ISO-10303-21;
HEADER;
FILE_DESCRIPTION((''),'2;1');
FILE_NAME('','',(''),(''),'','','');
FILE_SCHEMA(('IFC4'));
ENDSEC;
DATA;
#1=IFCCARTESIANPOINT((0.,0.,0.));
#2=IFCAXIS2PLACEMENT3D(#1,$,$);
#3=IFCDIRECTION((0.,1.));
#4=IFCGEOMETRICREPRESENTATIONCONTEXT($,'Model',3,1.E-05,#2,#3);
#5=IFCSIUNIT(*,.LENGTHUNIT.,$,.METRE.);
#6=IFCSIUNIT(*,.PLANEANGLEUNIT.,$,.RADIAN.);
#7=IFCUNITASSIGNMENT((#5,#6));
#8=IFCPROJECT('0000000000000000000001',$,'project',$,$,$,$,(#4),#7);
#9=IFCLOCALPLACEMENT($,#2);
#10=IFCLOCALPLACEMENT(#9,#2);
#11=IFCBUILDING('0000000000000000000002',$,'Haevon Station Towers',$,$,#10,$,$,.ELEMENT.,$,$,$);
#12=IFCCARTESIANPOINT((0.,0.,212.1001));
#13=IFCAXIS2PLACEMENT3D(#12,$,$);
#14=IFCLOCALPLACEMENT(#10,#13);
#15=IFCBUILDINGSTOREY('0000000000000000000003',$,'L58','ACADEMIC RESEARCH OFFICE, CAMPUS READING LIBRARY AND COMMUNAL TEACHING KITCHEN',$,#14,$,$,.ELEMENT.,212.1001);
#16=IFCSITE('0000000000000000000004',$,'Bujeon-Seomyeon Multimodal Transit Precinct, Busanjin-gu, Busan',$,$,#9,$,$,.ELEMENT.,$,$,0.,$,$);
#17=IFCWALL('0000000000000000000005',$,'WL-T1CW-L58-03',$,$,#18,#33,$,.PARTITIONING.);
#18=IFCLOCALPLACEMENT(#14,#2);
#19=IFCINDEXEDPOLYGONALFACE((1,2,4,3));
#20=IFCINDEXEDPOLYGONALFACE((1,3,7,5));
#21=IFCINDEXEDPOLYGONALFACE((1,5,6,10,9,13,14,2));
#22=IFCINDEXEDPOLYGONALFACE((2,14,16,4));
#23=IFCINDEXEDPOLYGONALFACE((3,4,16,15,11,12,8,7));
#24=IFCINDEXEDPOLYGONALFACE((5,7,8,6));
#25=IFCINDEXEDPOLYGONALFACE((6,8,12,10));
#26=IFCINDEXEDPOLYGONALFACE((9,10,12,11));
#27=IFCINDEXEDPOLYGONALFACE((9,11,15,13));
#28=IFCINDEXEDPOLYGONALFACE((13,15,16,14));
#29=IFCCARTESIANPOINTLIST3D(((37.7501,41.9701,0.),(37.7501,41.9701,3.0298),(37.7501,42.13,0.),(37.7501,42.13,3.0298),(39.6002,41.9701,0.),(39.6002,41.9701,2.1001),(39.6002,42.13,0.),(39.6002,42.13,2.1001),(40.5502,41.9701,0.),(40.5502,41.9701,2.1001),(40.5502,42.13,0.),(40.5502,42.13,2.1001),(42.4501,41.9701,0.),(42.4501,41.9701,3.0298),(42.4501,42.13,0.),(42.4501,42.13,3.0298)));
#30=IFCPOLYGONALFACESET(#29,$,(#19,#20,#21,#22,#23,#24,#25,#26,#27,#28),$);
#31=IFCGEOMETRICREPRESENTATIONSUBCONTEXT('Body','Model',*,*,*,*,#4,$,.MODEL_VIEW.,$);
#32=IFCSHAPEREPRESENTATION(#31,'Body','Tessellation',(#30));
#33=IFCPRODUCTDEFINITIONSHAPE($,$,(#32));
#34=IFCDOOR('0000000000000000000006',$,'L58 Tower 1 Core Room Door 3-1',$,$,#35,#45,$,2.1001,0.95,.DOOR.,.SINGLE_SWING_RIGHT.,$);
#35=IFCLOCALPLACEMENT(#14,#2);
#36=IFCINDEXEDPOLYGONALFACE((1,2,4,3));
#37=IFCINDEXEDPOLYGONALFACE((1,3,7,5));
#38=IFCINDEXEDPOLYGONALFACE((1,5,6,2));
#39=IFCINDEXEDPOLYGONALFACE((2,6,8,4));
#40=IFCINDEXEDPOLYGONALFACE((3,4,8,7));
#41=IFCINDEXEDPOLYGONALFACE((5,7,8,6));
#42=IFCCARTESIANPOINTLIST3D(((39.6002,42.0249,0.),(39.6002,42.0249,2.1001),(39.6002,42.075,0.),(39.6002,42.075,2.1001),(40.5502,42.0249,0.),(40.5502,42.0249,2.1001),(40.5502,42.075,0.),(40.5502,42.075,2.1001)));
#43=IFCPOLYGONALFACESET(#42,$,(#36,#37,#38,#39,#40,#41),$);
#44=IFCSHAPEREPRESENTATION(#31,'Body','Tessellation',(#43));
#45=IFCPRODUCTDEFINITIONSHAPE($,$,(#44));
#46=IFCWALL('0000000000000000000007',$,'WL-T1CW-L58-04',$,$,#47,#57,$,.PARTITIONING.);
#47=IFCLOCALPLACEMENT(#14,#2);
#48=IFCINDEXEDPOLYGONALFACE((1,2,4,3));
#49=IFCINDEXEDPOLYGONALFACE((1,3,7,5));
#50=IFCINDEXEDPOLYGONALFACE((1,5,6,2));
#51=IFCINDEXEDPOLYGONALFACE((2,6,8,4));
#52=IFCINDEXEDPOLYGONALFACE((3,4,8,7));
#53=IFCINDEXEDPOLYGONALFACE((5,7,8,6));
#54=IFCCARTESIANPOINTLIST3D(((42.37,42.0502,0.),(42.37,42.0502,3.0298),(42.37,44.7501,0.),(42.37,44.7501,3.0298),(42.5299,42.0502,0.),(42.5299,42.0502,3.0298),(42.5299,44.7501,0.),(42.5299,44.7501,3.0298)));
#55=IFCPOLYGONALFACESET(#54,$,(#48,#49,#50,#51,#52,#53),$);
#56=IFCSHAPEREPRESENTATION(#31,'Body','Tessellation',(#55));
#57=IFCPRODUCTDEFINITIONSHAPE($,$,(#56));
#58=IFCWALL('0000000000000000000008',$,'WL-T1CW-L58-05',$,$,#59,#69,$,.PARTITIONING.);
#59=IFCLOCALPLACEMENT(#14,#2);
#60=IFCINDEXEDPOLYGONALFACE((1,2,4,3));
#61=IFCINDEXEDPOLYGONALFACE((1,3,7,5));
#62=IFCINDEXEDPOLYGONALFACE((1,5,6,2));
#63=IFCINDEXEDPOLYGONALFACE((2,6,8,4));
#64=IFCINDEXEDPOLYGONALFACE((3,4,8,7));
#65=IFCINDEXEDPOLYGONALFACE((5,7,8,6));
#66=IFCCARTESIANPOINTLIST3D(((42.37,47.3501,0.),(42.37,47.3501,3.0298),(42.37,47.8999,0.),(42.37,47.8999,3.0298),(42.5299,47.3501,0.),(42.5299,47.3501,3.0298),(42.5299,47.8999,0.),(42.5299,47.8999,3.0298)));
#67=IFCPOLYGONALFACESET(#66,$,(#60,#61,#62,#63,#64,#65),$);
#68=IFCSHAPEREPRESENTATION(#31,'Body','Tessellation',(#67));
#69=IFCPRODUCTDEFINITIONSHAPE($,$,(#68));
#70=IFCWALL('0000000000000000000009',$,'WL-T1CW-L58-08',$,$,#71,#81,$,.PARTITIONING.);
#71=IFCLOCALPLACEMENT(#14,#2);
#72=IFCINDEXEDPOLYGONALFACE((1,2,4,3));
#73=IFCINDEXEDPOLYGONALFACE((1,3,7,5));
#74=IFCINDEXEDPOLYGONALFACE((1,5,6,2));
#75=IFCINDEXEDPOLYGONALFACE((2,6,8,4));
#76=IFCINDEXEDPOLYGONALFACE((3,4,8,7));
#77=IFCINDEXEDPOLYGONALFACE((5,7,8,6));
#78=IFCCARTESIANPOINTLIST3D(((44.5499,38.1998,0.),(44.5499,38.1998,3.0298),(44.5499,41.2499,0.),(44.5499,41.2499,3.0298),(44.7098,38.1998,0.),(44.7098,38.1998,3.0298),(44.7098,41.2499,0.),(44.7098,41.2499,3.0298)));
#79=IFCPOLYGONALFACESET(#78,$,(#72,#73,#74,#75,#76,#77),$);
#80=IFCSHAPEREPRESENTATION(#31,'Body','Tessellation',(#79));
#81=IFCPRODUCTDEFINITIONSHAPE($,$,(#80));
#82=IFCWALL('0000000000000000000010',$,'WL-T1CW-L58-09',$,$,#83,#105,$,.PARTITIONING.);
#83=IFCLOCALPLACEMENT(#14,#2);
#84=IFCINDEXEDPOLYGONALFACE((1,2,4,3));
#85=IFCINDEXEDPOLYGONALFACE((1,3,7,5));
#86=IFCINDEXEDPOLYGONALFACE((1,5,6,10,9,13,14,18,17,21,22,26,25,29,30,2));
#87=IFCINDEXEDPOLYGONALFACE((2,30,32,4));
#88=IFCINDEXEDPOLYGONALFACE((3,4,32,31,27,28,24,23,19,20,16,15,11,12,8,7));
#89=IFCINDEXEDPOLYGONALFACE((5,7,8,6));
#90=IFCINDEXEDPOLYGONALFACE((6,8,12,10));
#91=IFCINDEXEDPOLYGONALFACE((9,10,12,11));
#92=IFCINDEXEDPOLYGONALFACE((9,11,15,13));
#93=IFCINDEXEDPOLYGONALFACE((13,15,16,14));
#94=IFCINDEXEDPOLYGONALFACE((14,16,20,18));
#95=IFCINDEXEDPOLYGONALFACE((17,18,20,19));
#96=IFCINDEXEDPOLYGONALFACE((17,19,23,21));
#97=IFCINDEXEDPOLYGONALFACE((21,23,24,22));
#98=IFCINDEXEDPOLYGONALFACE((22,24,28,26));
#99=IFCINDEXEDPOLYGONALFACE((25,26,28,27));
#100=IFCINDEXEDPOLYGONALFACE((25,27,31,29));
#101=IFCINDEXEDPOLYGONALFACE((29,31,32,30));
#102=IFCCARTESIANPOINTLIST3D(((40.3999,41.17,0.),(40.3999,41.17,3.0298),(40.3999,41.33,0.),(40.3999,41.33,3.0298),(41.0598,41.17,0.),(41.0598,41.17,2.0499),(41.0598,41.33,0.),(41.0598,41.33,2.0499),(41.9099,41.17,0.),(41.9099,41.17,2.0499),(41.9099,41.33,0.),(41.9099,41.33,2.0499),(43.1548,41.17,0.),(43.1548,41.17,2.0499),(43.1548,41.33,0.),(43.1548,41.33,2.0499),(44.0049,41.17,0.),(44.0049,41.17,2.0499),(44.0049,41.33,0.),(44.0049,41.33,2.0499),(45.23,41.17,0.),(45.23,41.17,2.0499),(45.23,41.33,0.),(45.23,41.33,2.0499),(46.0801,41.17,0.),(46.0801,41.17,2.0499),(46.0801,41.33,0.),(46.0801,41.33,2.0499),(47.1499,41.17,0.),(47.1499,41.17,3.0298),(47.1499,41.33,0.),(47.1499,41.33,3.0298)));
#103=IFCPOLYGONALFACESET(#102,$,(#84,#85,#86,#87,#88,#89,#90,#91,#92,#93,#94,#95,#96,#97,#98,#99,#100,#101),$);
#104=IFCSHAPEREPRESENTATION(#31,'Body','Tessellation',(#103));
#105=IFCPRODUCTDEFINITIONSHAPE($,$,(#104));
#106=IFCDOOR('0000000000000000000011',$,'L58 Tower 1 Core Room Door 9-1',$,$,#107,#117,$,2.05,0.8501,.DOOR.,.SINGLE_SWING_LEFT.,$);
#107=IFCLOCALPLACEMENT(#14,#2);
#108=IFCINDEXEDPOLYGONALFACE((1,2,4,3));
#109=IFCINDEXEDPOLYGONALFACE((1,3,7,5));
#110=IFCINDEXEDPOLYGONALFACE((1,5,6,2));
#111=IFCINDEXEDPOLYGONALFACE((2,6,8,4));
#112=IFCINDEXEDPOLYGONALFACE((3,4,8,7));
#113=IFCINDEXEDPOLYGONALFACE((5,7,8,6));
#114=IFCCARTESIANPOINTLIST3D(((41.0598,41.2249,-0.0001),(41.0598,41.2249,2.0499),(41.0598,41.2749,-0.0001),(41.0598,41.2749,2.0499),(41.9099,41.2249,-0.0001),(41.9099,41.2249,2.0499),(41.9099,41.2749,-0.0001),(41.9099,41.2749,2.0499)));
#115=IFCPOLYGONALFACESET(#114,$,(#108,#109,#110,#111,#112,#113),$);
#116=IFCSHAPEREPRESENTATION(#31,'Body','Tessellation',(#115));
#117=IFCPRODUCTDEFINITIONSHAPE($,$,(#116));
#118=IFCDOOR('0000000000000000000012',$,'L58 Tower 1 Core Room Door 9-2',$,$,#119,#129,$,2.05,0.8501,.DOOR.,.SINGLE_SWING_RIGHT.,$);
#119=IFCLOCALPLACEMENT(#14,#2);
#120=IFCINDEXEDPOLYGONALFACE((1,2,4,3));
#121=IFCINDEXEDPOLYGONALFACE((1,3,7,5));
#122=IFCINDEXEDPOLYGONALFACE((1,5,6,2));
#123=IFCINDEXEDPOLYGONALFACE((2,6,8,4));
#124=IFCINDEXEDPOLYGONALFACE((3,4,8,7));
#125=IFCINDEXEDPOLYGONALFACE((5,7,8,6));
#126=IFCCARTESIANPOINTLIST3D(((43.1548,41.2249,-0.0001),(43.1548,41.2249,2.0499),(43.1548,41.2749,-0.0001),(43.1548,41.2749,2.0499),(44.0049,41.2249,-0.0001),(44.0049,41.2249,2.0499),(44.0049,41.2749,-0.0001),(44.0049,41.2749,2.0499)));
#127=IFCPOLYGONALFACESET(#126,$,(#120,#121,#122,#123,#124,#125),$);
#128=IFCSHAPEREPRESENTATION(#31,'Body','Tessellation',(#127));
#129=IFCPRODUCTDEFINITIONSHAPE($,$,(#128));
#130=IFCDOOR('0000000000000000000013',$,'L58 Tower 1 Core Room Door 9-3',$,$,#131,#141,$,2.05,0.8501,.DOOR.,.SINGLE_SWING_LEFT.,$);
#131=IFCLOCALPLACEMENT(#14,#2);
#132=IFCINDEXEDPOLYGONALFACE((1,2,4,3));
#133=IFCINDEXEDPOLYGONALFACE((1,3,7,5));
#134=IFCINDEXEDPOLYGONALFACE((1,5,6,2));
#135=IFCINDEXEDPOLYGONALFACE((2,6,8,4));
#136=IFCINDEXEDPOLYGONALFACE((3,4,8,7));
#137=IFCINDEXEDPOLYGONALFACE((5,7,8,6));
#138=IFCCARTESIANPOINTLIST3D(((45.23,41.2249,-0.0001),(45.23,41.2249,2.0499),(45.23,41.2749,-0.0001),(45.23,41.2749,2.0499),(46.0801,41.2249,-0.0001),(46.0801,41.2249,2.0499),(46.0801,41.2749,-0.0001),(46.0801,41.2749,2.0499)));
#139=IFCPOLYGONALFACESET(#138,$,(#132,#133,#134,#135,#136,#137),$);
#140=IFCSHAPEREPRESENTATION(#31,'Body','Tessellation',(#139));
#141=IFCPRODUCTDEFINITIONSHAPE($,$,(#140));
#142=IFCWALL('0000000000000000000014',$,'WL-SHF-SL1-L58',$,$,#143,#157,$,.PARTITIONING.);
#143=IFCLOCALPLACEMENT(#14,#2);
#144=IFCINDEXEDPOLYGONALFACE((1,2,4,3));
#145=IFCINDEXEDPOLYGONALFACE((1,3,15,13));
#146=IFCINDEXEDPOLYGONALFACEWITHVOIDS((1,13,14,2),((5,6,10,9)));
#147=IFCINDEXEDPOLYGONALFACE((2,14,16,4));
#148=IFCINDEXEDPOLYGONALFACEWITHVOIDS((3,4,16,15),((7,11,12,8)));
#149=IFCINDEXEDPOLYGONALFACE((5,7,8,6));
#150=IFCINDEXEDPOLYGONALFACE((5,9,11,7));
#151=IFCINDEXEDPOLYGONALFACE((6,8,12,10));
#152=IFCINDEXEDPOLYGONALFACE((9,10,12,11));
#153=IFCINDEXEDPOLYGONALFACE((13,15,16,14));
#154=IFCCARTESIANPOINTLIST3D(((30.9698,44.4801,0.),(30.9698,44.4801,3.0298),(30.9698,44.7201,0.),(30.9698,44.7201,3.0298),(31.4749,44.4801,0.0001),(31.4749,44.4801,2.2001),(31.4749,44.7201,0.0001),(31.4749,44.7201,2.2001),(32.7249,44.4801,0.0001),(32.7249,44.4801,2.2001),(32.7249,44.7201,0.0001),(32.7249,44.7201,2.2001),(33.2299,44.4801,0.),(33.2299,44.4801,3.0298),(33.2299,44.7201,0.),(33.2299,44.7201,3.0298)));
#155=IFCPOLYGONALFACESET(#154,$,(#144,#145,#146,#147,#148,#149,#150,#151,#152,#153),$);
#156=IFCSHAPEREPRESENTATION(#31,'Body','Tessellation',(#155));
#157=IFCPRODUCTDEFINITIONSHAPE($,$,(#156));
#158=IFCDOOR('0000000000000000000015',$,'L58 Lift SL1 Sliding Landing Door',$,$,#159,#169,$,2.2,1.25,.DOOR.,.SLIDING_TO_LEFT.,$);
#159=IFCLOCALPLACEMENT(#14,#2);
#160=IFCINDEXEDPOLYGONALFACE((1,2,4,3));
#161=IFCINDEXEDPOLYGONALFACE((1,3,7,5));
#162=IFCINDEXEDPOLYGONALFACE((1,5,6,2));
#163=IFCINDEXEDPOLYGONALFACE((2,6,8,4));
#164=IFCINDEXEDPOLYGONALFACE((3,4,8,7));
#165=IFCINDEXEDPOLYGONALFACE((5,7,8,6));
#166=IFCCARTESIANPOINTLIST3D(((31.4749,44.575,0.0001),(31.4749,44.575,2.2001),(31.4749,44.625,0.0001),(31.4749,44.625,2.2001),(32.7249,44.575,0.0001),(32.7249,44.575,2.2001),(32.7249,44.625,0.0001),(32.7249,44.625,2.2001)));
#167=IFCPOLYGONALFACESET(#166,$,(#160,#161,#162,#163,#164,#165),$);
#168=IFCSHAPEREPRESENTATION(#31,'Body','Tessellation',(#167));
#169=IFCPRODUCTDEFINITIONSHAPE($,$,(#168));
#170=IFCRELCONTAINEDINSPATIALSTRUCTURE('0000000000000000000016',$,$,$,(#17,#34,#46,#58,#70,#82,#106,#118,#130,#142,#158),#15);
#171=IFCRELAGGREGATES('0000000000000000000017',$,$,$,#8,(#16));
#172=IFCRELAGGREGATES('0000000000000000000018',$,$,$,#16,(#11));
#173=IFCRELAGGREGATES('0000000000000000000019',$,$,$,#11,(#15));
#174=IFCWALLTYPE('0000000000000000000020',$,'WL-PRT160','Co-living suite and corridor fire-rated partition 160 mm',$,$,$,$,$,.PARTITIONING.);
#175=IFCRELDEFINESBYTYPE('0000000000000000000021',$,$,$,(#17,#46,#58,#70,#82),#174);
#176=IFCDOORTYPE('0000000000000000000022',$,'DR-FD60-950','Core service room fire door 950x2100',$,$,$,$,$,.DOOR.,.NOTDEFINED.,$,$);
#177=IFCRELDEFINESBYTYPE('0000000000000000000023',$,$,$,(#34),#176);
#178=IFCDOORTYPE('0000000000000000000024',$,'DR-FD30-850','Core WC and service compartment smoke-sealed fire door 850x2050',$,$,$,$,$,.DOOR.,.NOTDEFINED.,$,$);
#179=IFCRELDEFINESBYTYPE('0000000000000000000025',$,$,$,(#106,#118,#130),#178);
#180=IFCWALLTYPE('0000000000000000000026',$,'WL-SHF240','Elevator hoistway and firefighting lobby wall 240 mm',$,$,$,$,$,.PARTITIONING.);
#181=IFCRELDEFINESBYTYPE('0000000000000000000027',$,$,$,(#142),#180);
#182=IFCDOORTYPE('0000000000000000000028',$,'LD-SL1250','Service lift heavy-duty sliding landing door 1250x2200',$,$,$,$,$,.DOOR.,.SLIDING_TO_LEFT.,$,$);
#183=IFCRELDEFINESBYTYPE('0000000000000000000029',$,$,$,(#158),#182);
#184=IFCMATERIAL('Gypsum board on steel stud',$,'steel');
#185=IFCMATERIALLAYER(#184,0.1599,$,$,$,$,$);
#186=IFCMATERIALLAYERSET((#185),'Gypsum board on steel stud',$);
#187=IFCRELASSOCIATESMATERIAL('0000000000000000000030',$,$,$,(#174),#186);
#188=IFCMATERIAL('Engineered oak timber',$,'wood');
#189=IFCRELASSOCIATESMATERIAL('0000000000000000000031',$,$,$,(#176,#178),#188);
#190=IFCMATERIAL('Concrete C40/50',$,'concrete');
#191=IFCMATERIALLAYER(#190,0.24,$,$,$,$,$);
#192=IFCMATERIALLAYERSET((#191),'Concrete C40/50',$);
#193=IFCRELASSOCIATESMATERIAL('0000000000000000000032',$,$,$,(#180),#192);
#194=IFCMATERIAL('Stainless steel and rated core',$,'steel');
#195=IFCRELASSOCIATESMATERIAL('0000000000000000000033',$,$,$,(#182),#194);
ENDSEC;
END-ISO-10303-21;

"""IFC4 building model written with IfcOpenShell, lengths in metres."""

from ifc_helpers import new_model, si_unit, direction, frame, frame_2d, origin, place, context, subcontext, project, spatial, rectangle, extrude, material, layer, layer_set, type_object, element, fill, save


model = new_model("IFC4")

# Units and contexts
model_context = context("Model", 3, precision=1e-05, world=origin(), true_north=direction((0.0, 1.0)))
body_context = subcontext(model_context, "Body", "Model", "MODEL_VIEW")
ifc_project = project(units=[si_unit("LENGTHUNIT", "METRE"), si_unit("PLANEANGLEUNIT", "RADIAN")], contexts=[model_context])

# Site, building, storey
site_placement = place(None, origin())
site = spatial("IfcSite", under=ifc_project, at=site_placement, Name="Bujeon-Seomyeon Multimodal Transit Precinct, Busanjin-gu, Busan", CompositionType="ELEMENT", RefElevation=0.0)
building_placement = place(site_placement, origin())
building = spatial("IfcBuilding", under=site, at=building_placement, Name="Haevon Station Towers", CompositionType="ELEMENT")
storey_placement = place(building_placement, frame((0.0, 0.0, 212.1001)))
storey = spatial("IfcBuildingStorey", under=building, at=storey_placement, Name="L58", Description="ACADEMIC RESEARCH OFFICE, CAMPUS READING LIBRARY AND COMMUNAL TEACHING KITCHEN", CompositionType="ELEMENT", Elevation=212.1001)

# Shared definitions
ifc_material_1 = material(Name="Gypsum board on steel stud", Category="steel")
ifc_layer_1 = layer(ifc_material_1, 0.1599)
ifc_layer_set_1 = layer_set([ifc_layer_1], Name="Gypsum board on steel stud")
wall_type_1 = type_object("IfcWallType", Name="WL-PRT160", Description="Co-living suite and corridor fire-rated partition 160 mm", PredefinedType="PARTITIONING", material=ifc_layer_set_1)
ifc_material_2 = material(Name="Engineered oak timber", Category="wood")
door_type_1 = type_object("IfcDoorType", Name="DR-FD60-950", Description="Core service room fire door 950x2100", OperationType="NOTDEFINED", PredefinedType="DOOR", material=ifc_material_2)

# Wall, opening, door
wall_1_placement = place(storey_placement, frame((37.75, 42.05, 0.0), z_axis=(0.0, 0.0, 1.0), x_axis=(1.0, 0.0, 0.0)))
wall_1 = element("IfcWall", 1, at=wall_1_placement, inside=storey, type_object=wall_type_1, Name="WL-T1CW-L58-03", PredefinedType="PARTITIONING", context=body_context, shape_type="SweptSolid", body=[
    extrude(rectangle(XDim=4.7, YDim=0.1599, at=frame_2d((2.3501, 0.0))), origin(), (0.0, 0.0, 1.0), 3.0298),
])
opening_1_placement = place(wall_1_placement, frame((1.8501, 0.0, 0.0)))
opening_1 = element("IfcOpeningElement", 2, at=opening_1_placement, cuts=wall_1, PredefinedType="OPENING", context=body_context, shape_type="SweptSolid", body=[
    extrude(rectangle(XDim=0.95, YDim=2.1001, at=frame_2d((0.4751, 1.05))), frame((0.0, 0.0898, 0.0), z_axis=(0.0, -1.0, 0.0), x_axis=(1.0, 0.0, 0.0)), (0.0, 0.0, 1.0), 0.1799),
])
door_1_placement = place(opening_1_placement, origin())
door_1 = element("IfcDoor", 3, at=door_1_placement, inside=storey, type_object=door_type_1, Name="L58 Tower 1 Core Room Door 3-1", OperationType="SINGLE_SWING_RIGHT", OverallHeight=2.1001, OverallWidth=0.95, PredefinedType="DOOR", context=body_context, shape_type="SweptSolid", body=[
    extrude(rectangle(XDim=0.95, YDim=2.1001, at=frame_2d((0.4751, 1.05))), frame((0.0, 0.0249, 0.0), z_axis=(0.0, -1.0, 0.0), x_axis=(1.0, 0.0, 0.0)), (0.0, 0.0, 1.0), 0.05),
])
fill(opening_1, door_1)

# Walls
wall_2_placement = place(storey_placement, frame((42.45, 42.05, 0.0), z_axis=(0.0, 0.0, 1.0), x_axis=(0.0, 1.0, 0.0)))
element("IfcWall", 4, at=wall_2_placement, inside=storey, type_object=wall_type_1, Name="WL-T1CW-L58-04", PredefinedType="PARTITIONING", context=body_context, shape_type="SweptSolid", body=[
    extrude(rectangle(XDim=2.7, YDim=0.1599, at=frame_2d((1.3501, 0.0))), origin(), (0.0, 0.0, 1.0), 3.0298),
])
wall_3_placement = place(storey_placement, frame((42.45, 47.3501, 0.0), z_axis=(0.0, 0.0, 1.0), x_axis=(0.0, 1.0, 0.0)))
element("IfcWall", 5, at=wall_3_placement, inside=storey, type_object=wall_type_1, Name="WL-T1CW-L58-05", PredefinedType="PARTITIONING", context=body_context, shape_type="SweptSolid", body=[
    extrude(rectangle(XDim=0.5498, YDim=0.1599, at=frame_2d((0.2749, 0.0))), origin(), (0.0, 0.0, 1.0), 3.0298),
])
wall_4_placement = place(storey_placement, frame((44.6299, 38.2, 0.0), z_axis=(0.0, 0.0, 1.0), x_axis=(0.0, 1.0, 0.0)))
element("IfcWall", 6, at=wall_4_placement, inside=storey, type_object=wall_type_1, Name="WL-T1CW-L58-08", PredefinedType="PARTITIONING", context=body_context, shape_type="SweptSolid", body=[
    extrude(rectangle(XDim=3.05, YDim=0.1599, at=frame_2d((1.5249, 0.0))), origin(), (0.0, 0.0, 1.0), 3.0298),
])

# Wall, openings, doors
wall_5_placement = place(storey_placement, frame((40.3999, 41.25, 0.0), z_axis=(0.0, 0.0, 1.0), x_axis=(1.0, 0.0, 0.0)))
wall_5 = element("IfcWall", 7, at=wall_5_placement, inside=storey, type_object=wall_type_1, Name="WL-T1CW-L58-09", PredefinedType="PARTITIONING", context=body_context, shape_type="SweptSolid", body=[
    extrude(rectangle(XDim=6.75, YDim=0.1599, at=frame_2d((3.375, 0.0))), origin(), (0.0, 0.0, 1.0), 3.0298),
])
opening_2_placement = place(wall_5_placement, frame((0.6599, 0.0, 0.0)))
opening_2 = element("IfcOpeningElement", 8, at=opening_2_placement, cuts=wall_5, PredefinedType="OPENING", context=body_context, shape_type="SweptSolid", body=[
    extrude(rectangle(XDim=0.8501, YDim=2.05, at=frame_2d((0.425, 1.0249))), frame((0.0, 0.0898, 0.0), z_axis=(0.0, -1.0, 0.0), x_axis=(1.0, 0.0, 0.0)), (0.0, 0.0, 1.0), 0.1799),
])
opening_3_placement = place(wall_5_placement, frame((2.7549, 0.0, 0.0)))
opening_3 = element("IfcOpeningElement", 9, at=opening_3_placement, cuts=wall_5, PredefinedType="OPENING", context=body_context, shape_type="SweptSolid", body=[
    extrude(rectangle(XDim=0.8501, YDim=2.05, at=frame_2d((0.425, 1.0249))), frame((0.0, 0.0898, 0.0), z_axis=(0.0, -1.0, 0.0), x_axis=(1.0, 0.0, 0.0)), (0.0, 0.0, 1.0), 0.1799),
])
opening_4_placement = place(wall_5_placement, frame((4.8301, 0.0, 0.0)))
opening_4 = element("IfcOpeningElement", 10, at=opening_4_placement, cuts=wall_5, PredefinedType="OPENING", context=body_context, shape_type="SweptSolid", body=[
    extrude(rectangle(XDim=0.8501, YDim=2.05, at=frame_2d((0.425, 1.0249))), frame((0.0, 0.0898, 0.0), z_axis=(0.0, -1.0, 0.0), x_axis=(1.0, 0.0, 0.0)), (0.0, 0.0, 1.0), 0.1799),
])
door_type_2 = type_object("IfcDoorType", Name="DR-FD30-850", Description="Core WC and service compartment smoke-sealed fire door 850x2050", OperationType="NOTDEFINED", PredefinedType="DOOR", material=ifc_material_2)
door_2_placement = place(opening_2_placement, origin())
door_2 = element("IfcDoor", 11, at=door_2_placement, inside=storey, type_object=door_type_2, Name="L58 Tower 1 Core Room Door 9-1", OperationType="SINGLE_SWING_LEFT", OverallHeight=2.05, OverallWidth=0.8501, PredefinedType="DOOR", context=body_context, shape_type="SweptSolid", body=[
    extrude(rectangle(XDim=0.8501, YDim=2.05, at=frame_2d((0.425, 1.0249))), frame((0.0, 0.0249, 0.0), z_axis=(0.0, -1.0, 0.0), x_axis=(1.0, 0.0, 0.0)), (0.0, 0.0, 1.0), 0.05),
])
fill(opening_2, door_2)
door_3_placement = place(opening_3_placement, origin())
door_3 = element("IfcDoor", 12, at=door_3_placement, inside=storey, type_object=door_type_2, Name="L58 Tower 1 Core Room Door 9-2", OperationType="SINGLE_SWING_RIGHT", OverallHeight=2.05, OverallWidth=0.8501, PredefinedType="DOOR", context=body_context, shape_type="SweptSolid", body=[
    extrude(rectangle(XDim=0.8501, YDim=2.05, at=frame_2d((0.425, 1.0249))), frame((0.0, 0.0249, 0.0), z_axis=(0.0, -1.0, 0.0), x_axis=(1.0, 0.0, 0.0)), (0.0, 0.0, 1.0), 0.05),
])
fill(opening_3, door_3)
door_4_placement = place(opening_4_placement, origin())
door_4 = element("IfcDoor", 13, at=door_4_placement, inside=storey, type_object=door_type_2, Name="L58 Tower 1 Core Room Door 9-3", OperationType="SINGLE_SWING_LEFT", OverallHeight=2.05, OverallWidth=0.8501, PredefinedType="DOOR", context=body_context, shape_type="SweptSolid", body=[
    extrude(rectangle(XDim=0.8501, YDim=2.05, at=frame_2d((0.425, 1.0249))), frame((0.0, 0.0249, 0.0), z_axis=(0.0, -1.0, 0.0), x_axis=(1.0, 0.0, 0.0)), (0.0, 0.0, 1.0), 0.05),
])
fill(opening_4, door_4)

# Wall, opening, door
ifc_material_3 = material(Name="Concrete C40/50", Category="concrete")
ifc_layer_2 = layer(ifc_material_3, 0.24)
ifc_layer_set_2 = layer_set([ifc_layer_2], Name="Concrete C40/50")
wall_type_2 = type_object("IfcWallType", Name="WL-SHF240", Description="Elevator hoistway and firefighting lobby wall 240 mm", PredefinedType="PARTITIONING", material=ifc_layer_set_2)
wall_6_placement = place(storey_placement, frame((30.97, 44.6001, 0.0), z_axis=(0.0, 0.0, 1.0), x_axis=(1.0, 0.0, 0.0)))
wall_6 = element("IfcWall", 14, at=wall_6_placement, inside=storey, type_object=wall_type_2, Name="WL-SHF-SL1-L58", PredefinedType="PARTITIONING", context=body_context, shape_type="SweptSolid", body=[
    extrude(rectangle(XDim=2.26, YDim=0.24, at=frame_2d((1.1299, 0.0))), origin(), (0.0, 0.0, 1.0), 3.0298),
])
opening_5_placement = place(wall_6_placement, frame((0.5049, 0.0, 0.0)))
opening_5 = element("IfcOpeningElement", 15, at=opening_5_placement, cuts=wall_6, PredefinedType="OPENING", context=body_context, shape_type="SweptSolid", body=[
    extrude(rectangle(XDim=1.25, YDim=2.2, at=frame_2d((0.625, 1.1001))), frame((0.0, 0.1299, 0.0), z_axis=(0.0, -1.0, 0.0), x_axis=(1.0, 0.0, 0.0)), (0.0, 0.0, 1.0), 0.26),
])
ifc_material_4 = material(Name="Stainless steel and rated core", Category="steel")
door_type_3 = type_object("IfcDoorType", Name="LD-SL1250", Description="Service lift heavy-duty sliding landing door 1250x2200", OperationType="SLIDING_TO_LEFT", PredefinedType="DOOR", material=ifc_material_4)
door_5_placement = place(opening_5_placement, origin())
door_5 = element("IfcDoor", 16, at=door_5_placement, inside=storey, type_object=door_type_3, Name="L58 Lift SL1 Sliding Landing Door", OperationType="SLIDING_TO_LEFT", OverallHeight=2.2, OverallWidth=1.25, PredefinedType="DOOR", context=body_context, shape_type="SweptSolid", body=[
    extrude(rectangle(XDim=1.25, YDim=2.2, at=frame_2d((0.625, 1.1001))), frame((0.0, 0.0249, 0.0), z_axis=(0.0, -1.0, 0.0), x_axis=(1.0, 0.0, 0.0)), (0.0, 0.0, 1.0), 0.05),
])
fill(opening_5, door_5)

save(model, "model.ifc")
